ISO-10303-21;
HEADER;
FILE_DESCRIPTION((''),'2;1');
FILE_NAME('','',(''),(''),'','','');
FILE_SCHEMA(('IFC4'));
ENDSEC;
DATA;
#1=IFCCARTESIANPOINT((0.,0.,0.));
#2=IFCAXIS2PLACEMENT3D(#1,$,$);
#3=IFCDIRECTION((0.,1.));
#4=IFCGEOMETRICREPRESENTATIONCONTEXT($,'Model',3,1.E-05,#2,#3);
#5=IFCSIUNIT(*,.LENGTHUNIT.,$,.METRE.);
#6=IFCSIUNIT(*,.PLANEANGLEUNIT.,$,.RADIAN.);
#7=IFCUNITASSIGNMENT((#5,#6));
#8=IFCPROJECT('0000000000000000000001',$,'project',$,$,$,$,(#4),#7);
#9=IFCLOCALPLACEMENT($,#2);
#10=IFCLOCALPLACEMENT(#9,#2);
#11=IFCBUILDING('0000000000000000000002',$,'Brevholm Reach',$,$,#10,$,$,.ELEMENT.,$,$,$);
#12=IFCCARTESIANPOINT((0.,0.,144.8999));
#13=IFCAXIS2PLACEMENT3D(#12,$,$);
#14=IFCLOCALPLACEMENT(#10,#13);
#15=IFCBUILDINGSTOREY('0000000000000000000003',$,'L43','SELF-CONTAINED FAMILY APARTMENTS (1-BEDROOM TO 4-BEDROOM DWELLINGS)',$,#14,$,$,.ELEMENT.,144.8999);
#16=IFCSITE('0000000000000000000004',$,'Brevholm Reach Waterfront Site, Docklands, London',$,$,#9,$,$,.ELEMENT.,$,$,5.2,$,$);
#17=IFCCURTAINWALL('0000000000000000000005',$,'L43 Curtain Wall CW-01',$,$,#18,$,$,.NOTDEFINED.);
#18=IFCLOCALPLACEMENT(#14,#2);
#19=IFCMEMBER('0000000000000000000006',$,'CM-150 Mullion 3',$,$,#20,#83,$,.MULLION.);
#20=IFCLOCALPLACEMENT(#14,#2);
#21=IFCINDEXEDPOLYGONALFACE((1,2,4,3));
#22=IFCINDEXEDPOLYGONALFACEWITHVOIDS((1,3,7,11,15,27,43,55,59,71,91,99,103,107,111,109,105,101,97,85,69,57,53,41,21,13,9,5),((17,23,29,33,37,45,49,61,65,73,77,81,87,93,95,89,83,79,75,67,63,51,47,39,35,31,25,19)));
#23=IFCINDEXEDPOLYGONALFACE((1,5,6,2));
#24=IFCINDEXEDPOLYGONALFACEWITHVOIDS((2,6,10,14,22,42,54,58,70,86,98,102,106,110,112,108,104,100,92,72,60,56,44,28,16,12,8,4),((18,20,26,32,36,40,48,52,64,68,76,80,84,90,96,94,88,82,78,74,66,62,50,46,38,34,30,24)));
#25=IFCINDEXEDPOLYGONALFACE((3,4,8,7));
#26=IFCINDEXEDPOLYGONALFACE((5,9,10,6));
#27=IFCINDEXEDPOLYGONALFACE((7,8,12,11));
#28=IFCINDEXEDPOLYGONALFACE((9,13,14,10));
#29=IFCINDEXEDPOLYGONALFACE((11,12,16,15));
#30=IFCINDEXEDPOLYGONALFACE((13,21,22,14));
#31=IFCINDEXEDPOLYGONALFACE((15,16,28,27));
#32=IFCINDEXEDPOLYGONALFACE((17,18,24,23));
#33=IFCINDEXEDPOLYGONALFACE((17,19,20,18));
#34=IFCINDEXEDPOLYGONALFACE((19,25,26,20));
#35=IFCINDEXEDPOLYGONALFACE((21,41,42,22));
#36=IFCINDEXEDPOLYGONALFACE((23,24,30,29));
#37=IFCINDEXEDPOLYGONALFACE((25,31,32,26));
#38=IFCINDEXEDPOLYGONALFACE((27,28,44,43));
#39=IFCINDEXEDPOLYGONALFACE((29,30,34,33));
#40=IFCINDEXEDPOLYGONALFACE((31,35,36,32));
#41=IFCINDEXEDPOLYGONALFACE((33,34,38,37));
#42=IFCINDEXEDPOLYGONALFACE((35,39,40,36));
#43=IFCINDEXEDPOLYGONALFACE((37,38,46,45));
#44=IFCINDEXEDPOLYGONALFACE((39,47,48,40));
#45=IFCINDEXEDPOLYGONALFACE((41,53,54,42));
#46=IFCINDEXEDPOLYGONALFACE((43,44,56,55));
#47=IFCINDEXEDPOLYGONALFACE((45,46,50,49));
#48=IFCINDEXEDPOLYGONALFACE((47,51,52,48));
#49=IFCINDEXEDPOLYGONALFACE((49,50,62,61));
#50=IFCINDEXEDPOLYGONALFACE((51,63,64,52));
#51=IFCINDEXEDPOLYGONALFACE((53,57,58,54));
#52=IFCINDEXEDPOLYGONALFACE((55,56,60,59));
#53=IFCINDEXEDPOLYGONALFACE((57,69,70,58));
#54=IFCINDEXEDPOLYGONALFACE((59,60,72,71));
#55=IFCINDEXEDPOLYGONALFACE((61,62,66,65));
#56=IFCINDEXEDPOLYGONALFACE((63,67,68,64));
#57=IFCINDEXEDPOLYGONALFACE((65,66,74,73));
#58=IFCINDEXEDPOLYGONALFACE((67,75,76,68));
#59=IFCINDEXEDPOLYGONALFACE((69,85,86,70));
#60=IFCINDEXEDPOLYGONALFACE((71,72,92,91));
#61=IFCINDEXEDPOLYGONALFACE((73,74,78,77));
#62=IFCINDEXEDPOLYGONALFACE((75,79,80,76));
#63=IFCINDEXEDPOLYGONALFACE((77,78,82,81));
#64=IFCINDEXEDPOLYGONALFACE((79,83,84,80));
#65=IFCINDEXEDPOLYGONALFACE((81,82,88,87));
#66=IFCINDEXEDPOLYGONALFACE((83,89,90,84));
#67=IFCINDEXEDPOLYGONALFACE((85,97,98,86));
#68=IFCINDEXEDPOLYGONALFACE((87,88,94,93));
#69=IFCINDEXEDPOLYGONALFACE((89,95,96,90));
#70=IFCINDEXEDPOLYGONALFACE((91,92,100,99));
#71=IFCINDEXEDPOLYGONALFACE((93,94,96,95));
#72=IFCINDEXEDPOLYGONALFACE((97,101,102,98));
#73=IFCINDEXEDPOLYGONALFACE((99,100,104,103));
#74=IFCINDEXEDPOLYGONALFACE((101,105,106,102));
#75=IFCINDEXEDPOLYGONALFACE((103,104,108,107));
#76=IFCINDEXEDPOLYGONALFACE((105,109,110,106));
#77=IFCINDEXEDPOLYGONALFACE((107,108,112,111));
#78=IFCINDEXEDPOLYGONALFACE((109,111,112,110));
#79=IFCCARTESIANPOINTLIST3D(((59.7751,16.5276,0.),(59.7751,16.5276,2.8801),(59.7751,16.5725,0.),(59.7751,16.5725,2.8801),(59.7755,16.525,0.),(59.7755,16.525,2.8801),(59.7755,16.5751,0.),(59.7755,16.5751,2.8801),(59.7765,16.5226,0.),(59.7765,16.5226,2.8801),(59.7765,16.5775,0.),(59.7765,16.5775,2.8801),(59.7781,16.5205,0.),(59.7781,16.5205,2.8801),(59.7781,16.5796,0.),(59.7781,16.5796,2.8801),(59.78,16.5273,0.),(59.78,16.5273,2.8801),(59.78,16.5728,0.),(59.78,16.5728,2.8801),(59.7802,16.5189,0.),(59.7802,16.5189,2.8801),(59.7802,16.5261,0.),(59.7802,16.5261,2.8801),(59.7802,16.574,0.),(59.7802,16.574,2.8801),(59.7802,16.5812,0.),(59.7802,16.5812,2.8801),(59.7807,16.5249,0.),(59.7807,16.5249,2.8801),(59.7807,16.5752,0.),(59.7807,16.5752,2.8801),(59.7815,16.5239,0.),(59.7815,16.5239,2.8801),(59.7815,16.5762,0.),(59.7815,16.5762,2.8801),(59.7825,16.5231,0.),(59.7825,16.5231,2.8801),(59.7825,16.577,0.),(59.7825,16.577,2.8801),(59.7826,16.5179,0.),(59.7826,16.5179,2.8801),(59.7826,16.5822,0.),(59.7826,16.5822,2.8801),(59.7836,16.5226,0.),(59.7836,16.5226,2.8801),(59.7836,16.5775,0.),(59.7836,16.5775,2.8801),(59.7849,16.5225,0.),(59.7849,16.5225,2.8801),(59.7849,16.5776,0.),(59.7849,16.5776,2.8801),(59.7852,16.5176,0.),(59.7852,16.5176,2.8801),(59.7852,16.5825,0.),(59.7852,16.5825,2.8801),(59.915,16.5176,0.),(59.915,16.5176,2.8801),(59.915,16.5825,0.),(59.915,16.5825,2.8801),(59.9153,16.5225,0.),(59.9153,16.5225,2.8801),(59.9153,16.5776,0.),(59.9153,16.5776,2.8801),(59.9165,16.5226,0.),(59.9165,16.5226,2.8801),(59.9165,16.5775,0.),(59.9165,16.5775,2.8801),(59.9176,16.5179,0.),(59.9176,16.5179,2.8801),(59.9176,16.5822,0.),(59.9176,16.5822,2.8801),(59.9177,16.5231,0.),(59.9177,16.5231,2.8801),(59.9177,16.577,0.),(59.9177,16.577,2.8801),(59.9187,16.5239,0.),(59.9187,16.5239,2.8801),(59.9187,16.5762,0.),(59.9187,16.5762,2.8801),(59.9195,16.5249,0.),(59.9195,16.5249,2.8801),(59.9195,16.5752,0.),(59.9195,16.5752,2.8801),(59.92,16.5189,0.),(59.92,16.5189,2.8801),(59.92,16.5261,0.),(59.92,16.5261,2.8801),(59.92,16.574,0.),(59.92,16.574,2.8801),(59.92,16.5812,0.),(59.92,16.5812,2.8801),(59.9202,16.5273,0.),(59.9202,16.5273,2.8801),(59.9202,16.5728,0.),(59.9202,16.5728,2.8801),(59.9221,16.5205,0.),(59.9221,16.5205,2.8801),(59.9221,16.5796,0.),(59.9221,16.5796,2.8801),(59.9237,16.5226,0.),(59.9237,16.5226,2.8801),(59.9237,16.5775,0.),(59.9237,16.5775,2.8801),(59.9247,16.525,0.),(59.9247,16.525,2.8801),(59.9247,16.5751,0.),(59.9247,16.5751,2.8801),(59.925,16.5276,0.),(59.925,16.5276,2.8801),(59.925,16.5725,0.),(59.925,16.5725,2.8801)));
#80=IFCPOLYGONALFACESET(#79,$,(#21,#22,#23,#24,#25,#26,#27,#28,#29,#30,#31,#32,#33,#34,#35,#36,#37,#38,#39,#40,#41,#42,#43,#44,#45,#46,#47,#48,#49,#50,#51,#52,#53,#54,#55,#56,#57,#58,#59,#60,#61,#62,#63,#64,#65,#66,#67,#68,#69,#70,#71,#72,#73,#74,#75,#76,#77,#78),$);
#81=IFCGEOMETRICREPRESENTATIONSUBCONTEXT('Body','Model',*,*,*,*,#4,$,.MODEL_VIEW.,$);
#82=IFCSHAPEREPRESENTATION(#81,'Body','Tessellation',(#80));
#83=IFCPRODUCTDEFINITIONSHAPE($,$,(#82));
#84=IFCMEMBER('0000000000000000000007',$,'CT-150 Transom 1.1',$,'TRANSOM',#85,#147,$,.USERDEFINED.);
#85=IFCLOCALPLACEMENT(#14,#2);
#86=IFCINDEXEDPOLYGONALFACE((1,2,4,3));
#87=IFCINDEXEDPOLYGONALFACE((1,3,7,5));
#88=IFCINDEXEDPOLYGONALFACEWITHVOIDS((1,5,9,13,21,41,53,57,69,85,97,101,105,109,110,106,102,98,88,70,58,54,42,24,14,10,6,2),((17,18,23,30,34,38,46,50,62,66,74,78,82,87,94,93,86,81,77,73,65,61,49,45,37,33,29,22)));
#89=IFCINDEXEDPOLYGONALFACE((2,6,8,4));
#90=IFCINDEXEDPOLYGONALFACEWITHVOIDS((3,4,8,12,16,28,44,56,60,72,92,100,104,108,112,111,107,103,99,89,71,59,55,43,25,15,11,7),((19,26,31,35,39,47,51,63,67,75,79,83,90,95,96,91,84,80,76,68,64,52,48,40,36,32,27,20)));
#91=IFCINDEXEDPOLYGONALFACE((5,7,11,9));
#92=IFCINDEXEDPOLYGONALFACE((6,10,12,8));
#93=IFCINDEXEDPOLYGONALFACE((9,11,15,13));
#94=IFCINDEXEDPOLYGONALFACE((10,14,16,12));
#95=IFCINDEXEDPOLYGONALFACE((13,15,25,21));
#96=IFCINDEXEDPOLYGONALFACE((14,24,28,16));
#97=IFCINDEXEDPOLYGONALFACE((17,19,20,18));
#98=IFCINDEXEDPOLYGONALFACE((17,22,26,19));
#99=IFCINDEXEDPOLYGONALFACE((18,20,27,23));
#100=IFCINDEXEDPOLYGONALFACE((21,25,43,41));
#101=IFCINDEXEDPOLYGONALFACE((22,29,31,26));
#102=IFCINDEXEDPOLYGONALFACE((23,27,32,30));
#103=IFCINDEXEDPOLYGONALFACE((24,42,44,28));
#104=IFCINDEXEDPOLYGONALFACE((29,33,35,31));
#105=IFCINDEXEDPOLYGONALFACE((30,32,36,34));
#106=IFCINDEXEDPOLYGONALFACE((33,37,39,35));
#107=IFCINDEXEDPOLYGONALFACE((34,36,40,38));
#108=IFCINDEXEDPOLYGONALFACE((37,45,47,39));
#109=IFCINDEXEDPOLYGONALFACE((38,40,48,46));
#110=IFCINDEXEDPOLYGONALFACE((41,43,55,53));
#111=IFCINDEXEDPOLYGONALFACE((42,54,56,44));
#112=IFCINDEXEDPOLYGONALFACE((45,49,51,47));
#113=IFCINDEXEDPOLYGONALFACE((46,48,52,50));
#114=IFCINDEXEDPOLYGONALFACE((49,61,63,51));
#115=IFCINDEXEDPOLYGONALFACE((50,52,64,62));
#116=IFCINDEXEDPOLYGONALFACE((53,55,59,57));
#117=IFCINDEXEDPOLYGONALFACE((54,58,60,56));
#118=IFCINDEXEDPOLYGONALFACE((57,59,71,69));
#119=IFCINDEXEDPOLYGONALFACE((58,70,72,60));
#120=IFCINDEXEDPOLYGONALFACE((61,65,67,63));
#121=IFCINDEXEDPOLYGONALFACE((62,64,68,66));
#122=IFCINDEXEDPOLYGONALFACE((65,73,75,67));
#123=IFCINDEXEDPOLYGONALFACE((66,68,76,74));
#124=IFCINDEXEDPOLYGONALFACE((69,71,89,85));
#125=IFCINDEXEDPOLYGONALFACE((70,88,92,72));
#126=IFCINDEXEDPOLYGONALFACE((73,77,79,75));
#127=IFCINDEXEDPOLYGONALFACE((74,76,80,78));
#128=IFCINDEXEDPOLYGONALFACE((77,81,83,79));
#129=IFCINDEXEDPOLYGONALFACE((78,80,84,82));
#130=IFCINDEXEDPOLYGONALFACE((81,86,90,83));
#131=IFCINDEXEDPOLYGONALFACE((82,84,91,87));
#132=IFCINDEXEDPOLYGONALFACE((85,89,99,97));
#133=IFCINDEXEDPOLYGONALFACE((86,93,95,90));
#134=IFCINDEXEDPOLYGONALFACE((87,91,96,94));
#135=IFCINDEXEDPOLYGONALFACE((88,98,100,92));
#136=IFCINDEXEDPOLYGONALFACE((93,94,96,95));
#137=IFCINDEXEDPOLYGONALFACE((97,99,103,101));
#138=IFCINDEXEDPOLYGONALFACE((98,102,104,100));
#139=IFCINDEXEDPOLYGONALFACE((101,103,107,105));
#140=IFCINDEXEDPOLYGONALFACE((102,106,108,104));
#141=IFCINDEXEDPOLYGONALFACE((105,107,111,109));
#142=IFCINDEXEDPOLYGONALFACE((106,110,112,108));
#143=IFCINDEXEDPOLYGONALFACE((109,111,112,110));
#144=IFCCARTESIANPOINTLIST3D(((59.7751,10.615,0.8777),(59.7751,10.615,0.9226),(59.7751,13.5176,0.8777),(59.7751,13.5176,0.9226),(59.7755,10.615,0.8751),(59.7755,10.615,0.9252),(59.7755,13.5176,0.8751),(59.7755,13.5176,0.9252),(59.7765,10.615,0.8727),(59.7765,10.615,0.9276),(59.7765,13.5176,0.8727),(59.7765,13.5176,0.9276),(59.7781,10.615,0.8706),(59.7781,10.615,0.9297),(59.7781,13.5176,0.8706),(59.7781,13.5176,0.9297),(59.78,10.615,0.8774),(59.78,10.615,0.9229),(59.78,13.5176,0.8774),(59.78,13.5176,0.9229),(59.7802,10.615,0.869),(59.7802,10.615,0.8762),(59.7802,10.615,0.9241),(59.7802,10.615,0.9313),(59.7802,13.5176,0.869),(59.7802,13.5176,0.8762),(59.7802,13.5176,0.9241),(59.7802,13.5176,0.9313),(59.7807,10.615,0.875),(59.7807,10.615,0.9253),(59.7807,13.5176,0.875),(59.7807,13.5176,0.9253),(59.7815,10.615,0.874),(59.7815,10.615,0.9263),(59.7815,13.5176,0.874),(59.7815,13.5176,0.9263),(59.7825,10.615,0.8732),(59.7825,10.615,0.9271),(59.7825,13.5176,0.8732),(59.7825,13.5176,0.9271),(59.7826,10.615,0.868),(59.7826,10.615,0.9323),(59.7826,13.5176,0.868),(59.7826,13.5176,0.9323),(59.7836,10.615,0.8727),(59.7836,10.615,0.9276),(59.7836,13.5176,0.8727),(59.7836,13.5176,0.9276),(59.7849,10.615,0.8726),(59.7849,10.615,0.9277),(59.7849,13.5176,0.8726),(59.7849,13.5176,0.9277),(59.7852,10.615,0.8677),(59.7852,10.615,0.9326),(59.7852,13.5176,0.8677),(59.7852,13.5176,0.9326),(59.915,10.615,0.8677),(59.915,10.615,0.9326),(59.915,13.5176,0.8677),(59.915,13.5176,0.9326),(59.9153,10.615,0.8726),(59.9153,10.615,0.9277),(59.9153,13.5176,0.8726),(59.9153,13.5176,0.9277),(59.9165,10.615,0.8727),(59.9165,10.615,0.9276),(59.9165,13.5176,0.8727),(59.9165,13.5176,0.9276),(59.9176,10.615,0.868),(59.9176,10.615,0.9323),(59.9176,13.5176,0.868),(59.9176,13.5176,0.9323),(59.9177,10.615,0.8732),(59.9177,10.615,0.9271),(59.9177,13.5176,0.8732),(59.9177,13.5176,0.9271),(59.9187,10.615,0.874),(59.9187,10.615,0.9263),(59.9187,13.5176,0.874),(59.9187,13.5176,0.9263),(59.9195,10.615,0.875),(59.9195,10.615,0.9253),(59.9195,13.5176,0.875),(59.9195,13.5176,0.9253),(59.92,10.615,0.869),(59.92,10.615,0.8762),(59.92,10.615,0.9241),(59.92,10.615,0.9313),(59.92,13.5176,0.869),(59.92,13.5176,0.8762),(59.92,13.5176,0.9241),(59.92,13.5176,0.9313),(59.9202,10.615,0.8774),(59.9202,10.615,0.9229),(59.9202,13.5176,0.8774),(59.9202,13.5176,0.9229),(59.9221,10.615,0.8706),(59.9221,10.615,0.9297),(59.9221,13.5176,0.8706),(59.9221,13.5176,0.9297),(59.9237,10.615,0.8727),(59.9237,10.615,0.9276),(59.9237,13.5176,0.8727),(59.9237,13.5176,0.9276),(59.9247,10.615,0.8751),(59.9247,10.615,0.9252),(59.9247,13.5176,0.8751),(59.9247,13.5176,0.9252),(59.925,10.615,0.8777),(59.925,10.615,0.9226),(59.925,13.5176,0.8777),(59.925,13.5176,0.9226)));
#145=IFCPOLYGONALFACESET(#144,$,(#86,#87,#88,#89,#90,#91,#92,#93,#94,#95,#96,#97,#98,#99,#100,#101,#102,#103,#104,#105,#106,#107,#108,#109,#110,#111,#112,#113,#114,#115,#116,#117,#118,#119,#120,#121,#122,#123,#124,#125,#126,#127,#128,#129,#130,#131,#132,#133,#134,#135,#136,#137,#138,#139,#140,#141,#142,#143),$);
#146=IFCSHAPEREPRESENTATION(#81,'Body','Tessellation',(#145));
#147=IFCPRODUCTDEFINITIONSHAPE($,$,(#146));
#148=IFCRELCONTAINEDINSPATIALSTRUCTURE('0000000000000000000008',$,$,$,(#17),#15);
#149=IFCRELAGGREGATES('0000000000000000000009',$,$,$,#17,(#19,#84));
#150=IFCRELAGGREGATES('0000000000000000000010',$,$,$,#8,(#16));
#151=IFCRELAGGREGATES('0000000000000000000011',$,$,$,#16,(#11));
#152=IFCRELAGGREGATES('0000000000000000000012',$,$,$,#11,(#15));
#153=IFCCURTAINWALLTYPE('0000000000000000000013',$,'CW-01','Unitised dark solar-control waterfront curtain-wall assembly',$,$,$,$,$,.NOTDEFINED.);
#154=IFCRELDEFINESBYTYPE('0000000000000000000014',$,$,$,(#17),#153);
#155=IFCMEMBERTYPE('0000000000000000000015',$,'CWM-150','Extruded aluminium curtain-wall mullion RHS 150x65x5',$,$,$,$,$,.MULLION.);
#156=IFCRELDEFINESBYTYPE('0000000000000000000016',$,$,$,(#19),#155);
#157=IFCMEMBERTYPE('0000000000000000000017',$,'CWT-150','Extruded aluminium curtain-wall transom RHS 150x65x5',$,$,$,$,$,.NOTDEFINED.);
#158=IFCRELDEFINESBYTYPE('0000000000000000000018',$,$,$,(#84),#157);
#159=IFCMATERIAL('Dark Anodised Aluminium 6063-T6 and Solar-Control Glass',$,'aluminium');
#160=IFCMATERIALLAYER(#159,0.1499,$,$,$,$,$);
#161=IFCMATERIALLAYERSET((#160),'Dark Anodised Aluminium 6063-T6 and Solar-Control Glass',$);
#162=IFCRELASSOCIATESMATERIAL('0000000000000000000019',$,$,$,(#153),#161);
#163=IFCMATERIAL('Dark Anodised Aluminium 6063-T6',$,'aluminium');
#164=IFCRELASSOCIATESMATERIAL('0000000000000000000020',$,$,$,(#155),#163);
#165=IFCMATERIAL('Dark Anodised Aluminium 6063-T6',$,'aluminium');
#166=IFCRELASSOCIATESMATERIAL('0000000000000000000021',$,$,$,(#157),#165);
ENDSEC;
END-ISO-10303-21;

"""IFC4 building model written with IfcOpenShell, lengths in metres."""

from ifc_helpers import new_model, si_unit, direction, frame, origin, origin_2d, place, context, subcontext, project, spatial, hollow_rectangle, extrude, material, layer, layer_set, material_profile, profile_set, type_object, element, aggregate, save


model = new_model("IFC4")

# Units and contexts
model_context = context("Model", 3, precision=1e-05, world=origin(), true_north=direction((0.0, 1.0)))
body_context = subcontext(model_context, "Body", "Model", "MODEL_VIEW")
ifc_project = project(units=[si_unit("LENGTHUNIT", "METRE"), si_unit("PLANEANGLEUNIT", "RADIAN")], contexts=[model_context])

# Site, building, storey
site_placement = place(None, origin())
site = spatial("IfcSite", under=ifc_project, at=site_placement, Name="Brevholm Reach Waterfront Site, Docklands, London", CompositionType="ELEMENT", RefElevation=5.2)
building_placement = place(site_placement, origin())
building = spatial("IfcBuilding", under=site, at=building_placement, Name="Brevholm Reach", CompositionType="ELEMENT")
storey_placement = place(building_placement, frame((0.0, 0.0, 144.8999)))
storey = spatial("IfcBuildingStorey", under=building, at=storey_placement, Name="L43", Description="SELF-CONTAINED FAMILY APARTMENTS (1-BEDROOM TO 4-BEDROOM DWELLINGS)", CompositionType="ELEMENT", Elevation=144.8999)

# Curtain wall, members
ifc_material_1 = material(Name="Dark Anodised Aluminium 6063-T6 and Solar-Control Glass", Category="aluminium")
ifc_layer_1 = layer(ifc_material_1, 0.1499)
ifc_layer_set_1 = layer_set([ifc_layer_1], Name="Dark Anodised Aluminium 6063-T6 and Solar-Control Glass")
curtain_wall_type = type_object("IfcCurtainWallType", Name="CW-01", Description="Unitised dark solar-control waterfront curtain-wall assembly", PredefinedType="NOTDEFINED", material=ifc_layer_set_1)
curtain_wall_placement = place(storey_placement, origin())
curtain_wall = element("IfcCurtainWall", 1, at=curtain_wall_placement, inside=storey, type_object=curtain_wall_type, Name="L43 Curtain Wall CW-01", PredefinedType="NOTDEFINED")
ifc_material_2 = material(Name="Dark Anodised Aluminium 6063-T6", Category="aluminium")
ifc_material_profile_1 = material_profile(ifc_material_2, hollow_rectangle(XDim=0.0649, YDim=0.1499, WallThickness=0.0049, InnerFilletRadius=0.0049, OuterFilletRadius=0.01, at=origin_2d()), Name="RHS 150x65x5")
ifc_profile_set_1 = profile_set([ifc_material_profile_1], Name="Dark Anodised Aluminium 6063-T6")
member_type_1 = type_object("IfcMemberType", Name="CWM-150", Description="Extruded aluminium curtain-wall mullion RHS 150x65x5", PredefinedType="MULLION", material=ifc_profile_set_1)
member_1_placement = place(storey_placement, frame((59.8501, 16.55, 0.0), z_axis=(0.0, 0.0, 1.0), x_axis=(0.0, 1.0, 0.0)))
member_1 = element("IfcMember", 2, at=member_1_placement, type_object=member_type_1, Name="CM-150 Mullion 3", PredefinedType="MULLION", context=body_context, shape_type="SweptSolid", body=[
    extrude(hollow_rectangle(XDim=0.0649, YDim=0.1499, WallThickness=0.0049, InnerFilletRadius=0.0049, OuterFilletRadius=0.01, at=origin_2d()), origin(), (0.0, 0.0, 1.0), 2.8801),
])
ifc_material_3 = material(Name="Dark Anodised Aluminium 6063-T6", Category="aluminium")
ifc_material_profile_2 = material_profile(ifc_material_3, hollow_rectangle(XDim=0.0649, YDim=0.1499, WallThickness=0.0049, InnerFilletRadius=0.0049, OuterFilletRadius=0.01, at=origin_2d()), Name="RHS 150x65x5")
ifc_profile_set_2 = profile_set([ifc_material_profile_2], Name="Dark Anodised Aluminium 6063-T6")
member_type_2 = type_object("IfcMemberType", Name="CWT-150", Description="Extruded aluminium curtain-wall transom RHS 150x65x5", PredefinedType="NOTDEFINED", material=ifc_profile_set_2)
member_2_placement = place(storey_placement, frame((59.8501, 10.615, 0.9001), z_axis=(0.0, 1.0, 0.0), x_axis=(0.0, 0.0, 1.0)))
member_2 = element("IfcMember", 3, at=member_2_placement, type_object=member_type_2, Name="CT-150 Transom 1.1", ObjectType="TRANSOM", PredefinedType="USERDEFINED", context=body_context, shape_type="SweptSolid", body=[
    extrude(hollow_rectangle(XDim=0.0649, YDim=0.1499, WallThickness=0.0049, InnerFilletRadius=0.0049, OuterFilletRadius=0.01, at=origin_2d()), origin(), (0.0, 0.0, 1.0), 2.9026),
])
aggregate(curtain_wall, [member_1, member_2])

save(model, "model.ifc")
